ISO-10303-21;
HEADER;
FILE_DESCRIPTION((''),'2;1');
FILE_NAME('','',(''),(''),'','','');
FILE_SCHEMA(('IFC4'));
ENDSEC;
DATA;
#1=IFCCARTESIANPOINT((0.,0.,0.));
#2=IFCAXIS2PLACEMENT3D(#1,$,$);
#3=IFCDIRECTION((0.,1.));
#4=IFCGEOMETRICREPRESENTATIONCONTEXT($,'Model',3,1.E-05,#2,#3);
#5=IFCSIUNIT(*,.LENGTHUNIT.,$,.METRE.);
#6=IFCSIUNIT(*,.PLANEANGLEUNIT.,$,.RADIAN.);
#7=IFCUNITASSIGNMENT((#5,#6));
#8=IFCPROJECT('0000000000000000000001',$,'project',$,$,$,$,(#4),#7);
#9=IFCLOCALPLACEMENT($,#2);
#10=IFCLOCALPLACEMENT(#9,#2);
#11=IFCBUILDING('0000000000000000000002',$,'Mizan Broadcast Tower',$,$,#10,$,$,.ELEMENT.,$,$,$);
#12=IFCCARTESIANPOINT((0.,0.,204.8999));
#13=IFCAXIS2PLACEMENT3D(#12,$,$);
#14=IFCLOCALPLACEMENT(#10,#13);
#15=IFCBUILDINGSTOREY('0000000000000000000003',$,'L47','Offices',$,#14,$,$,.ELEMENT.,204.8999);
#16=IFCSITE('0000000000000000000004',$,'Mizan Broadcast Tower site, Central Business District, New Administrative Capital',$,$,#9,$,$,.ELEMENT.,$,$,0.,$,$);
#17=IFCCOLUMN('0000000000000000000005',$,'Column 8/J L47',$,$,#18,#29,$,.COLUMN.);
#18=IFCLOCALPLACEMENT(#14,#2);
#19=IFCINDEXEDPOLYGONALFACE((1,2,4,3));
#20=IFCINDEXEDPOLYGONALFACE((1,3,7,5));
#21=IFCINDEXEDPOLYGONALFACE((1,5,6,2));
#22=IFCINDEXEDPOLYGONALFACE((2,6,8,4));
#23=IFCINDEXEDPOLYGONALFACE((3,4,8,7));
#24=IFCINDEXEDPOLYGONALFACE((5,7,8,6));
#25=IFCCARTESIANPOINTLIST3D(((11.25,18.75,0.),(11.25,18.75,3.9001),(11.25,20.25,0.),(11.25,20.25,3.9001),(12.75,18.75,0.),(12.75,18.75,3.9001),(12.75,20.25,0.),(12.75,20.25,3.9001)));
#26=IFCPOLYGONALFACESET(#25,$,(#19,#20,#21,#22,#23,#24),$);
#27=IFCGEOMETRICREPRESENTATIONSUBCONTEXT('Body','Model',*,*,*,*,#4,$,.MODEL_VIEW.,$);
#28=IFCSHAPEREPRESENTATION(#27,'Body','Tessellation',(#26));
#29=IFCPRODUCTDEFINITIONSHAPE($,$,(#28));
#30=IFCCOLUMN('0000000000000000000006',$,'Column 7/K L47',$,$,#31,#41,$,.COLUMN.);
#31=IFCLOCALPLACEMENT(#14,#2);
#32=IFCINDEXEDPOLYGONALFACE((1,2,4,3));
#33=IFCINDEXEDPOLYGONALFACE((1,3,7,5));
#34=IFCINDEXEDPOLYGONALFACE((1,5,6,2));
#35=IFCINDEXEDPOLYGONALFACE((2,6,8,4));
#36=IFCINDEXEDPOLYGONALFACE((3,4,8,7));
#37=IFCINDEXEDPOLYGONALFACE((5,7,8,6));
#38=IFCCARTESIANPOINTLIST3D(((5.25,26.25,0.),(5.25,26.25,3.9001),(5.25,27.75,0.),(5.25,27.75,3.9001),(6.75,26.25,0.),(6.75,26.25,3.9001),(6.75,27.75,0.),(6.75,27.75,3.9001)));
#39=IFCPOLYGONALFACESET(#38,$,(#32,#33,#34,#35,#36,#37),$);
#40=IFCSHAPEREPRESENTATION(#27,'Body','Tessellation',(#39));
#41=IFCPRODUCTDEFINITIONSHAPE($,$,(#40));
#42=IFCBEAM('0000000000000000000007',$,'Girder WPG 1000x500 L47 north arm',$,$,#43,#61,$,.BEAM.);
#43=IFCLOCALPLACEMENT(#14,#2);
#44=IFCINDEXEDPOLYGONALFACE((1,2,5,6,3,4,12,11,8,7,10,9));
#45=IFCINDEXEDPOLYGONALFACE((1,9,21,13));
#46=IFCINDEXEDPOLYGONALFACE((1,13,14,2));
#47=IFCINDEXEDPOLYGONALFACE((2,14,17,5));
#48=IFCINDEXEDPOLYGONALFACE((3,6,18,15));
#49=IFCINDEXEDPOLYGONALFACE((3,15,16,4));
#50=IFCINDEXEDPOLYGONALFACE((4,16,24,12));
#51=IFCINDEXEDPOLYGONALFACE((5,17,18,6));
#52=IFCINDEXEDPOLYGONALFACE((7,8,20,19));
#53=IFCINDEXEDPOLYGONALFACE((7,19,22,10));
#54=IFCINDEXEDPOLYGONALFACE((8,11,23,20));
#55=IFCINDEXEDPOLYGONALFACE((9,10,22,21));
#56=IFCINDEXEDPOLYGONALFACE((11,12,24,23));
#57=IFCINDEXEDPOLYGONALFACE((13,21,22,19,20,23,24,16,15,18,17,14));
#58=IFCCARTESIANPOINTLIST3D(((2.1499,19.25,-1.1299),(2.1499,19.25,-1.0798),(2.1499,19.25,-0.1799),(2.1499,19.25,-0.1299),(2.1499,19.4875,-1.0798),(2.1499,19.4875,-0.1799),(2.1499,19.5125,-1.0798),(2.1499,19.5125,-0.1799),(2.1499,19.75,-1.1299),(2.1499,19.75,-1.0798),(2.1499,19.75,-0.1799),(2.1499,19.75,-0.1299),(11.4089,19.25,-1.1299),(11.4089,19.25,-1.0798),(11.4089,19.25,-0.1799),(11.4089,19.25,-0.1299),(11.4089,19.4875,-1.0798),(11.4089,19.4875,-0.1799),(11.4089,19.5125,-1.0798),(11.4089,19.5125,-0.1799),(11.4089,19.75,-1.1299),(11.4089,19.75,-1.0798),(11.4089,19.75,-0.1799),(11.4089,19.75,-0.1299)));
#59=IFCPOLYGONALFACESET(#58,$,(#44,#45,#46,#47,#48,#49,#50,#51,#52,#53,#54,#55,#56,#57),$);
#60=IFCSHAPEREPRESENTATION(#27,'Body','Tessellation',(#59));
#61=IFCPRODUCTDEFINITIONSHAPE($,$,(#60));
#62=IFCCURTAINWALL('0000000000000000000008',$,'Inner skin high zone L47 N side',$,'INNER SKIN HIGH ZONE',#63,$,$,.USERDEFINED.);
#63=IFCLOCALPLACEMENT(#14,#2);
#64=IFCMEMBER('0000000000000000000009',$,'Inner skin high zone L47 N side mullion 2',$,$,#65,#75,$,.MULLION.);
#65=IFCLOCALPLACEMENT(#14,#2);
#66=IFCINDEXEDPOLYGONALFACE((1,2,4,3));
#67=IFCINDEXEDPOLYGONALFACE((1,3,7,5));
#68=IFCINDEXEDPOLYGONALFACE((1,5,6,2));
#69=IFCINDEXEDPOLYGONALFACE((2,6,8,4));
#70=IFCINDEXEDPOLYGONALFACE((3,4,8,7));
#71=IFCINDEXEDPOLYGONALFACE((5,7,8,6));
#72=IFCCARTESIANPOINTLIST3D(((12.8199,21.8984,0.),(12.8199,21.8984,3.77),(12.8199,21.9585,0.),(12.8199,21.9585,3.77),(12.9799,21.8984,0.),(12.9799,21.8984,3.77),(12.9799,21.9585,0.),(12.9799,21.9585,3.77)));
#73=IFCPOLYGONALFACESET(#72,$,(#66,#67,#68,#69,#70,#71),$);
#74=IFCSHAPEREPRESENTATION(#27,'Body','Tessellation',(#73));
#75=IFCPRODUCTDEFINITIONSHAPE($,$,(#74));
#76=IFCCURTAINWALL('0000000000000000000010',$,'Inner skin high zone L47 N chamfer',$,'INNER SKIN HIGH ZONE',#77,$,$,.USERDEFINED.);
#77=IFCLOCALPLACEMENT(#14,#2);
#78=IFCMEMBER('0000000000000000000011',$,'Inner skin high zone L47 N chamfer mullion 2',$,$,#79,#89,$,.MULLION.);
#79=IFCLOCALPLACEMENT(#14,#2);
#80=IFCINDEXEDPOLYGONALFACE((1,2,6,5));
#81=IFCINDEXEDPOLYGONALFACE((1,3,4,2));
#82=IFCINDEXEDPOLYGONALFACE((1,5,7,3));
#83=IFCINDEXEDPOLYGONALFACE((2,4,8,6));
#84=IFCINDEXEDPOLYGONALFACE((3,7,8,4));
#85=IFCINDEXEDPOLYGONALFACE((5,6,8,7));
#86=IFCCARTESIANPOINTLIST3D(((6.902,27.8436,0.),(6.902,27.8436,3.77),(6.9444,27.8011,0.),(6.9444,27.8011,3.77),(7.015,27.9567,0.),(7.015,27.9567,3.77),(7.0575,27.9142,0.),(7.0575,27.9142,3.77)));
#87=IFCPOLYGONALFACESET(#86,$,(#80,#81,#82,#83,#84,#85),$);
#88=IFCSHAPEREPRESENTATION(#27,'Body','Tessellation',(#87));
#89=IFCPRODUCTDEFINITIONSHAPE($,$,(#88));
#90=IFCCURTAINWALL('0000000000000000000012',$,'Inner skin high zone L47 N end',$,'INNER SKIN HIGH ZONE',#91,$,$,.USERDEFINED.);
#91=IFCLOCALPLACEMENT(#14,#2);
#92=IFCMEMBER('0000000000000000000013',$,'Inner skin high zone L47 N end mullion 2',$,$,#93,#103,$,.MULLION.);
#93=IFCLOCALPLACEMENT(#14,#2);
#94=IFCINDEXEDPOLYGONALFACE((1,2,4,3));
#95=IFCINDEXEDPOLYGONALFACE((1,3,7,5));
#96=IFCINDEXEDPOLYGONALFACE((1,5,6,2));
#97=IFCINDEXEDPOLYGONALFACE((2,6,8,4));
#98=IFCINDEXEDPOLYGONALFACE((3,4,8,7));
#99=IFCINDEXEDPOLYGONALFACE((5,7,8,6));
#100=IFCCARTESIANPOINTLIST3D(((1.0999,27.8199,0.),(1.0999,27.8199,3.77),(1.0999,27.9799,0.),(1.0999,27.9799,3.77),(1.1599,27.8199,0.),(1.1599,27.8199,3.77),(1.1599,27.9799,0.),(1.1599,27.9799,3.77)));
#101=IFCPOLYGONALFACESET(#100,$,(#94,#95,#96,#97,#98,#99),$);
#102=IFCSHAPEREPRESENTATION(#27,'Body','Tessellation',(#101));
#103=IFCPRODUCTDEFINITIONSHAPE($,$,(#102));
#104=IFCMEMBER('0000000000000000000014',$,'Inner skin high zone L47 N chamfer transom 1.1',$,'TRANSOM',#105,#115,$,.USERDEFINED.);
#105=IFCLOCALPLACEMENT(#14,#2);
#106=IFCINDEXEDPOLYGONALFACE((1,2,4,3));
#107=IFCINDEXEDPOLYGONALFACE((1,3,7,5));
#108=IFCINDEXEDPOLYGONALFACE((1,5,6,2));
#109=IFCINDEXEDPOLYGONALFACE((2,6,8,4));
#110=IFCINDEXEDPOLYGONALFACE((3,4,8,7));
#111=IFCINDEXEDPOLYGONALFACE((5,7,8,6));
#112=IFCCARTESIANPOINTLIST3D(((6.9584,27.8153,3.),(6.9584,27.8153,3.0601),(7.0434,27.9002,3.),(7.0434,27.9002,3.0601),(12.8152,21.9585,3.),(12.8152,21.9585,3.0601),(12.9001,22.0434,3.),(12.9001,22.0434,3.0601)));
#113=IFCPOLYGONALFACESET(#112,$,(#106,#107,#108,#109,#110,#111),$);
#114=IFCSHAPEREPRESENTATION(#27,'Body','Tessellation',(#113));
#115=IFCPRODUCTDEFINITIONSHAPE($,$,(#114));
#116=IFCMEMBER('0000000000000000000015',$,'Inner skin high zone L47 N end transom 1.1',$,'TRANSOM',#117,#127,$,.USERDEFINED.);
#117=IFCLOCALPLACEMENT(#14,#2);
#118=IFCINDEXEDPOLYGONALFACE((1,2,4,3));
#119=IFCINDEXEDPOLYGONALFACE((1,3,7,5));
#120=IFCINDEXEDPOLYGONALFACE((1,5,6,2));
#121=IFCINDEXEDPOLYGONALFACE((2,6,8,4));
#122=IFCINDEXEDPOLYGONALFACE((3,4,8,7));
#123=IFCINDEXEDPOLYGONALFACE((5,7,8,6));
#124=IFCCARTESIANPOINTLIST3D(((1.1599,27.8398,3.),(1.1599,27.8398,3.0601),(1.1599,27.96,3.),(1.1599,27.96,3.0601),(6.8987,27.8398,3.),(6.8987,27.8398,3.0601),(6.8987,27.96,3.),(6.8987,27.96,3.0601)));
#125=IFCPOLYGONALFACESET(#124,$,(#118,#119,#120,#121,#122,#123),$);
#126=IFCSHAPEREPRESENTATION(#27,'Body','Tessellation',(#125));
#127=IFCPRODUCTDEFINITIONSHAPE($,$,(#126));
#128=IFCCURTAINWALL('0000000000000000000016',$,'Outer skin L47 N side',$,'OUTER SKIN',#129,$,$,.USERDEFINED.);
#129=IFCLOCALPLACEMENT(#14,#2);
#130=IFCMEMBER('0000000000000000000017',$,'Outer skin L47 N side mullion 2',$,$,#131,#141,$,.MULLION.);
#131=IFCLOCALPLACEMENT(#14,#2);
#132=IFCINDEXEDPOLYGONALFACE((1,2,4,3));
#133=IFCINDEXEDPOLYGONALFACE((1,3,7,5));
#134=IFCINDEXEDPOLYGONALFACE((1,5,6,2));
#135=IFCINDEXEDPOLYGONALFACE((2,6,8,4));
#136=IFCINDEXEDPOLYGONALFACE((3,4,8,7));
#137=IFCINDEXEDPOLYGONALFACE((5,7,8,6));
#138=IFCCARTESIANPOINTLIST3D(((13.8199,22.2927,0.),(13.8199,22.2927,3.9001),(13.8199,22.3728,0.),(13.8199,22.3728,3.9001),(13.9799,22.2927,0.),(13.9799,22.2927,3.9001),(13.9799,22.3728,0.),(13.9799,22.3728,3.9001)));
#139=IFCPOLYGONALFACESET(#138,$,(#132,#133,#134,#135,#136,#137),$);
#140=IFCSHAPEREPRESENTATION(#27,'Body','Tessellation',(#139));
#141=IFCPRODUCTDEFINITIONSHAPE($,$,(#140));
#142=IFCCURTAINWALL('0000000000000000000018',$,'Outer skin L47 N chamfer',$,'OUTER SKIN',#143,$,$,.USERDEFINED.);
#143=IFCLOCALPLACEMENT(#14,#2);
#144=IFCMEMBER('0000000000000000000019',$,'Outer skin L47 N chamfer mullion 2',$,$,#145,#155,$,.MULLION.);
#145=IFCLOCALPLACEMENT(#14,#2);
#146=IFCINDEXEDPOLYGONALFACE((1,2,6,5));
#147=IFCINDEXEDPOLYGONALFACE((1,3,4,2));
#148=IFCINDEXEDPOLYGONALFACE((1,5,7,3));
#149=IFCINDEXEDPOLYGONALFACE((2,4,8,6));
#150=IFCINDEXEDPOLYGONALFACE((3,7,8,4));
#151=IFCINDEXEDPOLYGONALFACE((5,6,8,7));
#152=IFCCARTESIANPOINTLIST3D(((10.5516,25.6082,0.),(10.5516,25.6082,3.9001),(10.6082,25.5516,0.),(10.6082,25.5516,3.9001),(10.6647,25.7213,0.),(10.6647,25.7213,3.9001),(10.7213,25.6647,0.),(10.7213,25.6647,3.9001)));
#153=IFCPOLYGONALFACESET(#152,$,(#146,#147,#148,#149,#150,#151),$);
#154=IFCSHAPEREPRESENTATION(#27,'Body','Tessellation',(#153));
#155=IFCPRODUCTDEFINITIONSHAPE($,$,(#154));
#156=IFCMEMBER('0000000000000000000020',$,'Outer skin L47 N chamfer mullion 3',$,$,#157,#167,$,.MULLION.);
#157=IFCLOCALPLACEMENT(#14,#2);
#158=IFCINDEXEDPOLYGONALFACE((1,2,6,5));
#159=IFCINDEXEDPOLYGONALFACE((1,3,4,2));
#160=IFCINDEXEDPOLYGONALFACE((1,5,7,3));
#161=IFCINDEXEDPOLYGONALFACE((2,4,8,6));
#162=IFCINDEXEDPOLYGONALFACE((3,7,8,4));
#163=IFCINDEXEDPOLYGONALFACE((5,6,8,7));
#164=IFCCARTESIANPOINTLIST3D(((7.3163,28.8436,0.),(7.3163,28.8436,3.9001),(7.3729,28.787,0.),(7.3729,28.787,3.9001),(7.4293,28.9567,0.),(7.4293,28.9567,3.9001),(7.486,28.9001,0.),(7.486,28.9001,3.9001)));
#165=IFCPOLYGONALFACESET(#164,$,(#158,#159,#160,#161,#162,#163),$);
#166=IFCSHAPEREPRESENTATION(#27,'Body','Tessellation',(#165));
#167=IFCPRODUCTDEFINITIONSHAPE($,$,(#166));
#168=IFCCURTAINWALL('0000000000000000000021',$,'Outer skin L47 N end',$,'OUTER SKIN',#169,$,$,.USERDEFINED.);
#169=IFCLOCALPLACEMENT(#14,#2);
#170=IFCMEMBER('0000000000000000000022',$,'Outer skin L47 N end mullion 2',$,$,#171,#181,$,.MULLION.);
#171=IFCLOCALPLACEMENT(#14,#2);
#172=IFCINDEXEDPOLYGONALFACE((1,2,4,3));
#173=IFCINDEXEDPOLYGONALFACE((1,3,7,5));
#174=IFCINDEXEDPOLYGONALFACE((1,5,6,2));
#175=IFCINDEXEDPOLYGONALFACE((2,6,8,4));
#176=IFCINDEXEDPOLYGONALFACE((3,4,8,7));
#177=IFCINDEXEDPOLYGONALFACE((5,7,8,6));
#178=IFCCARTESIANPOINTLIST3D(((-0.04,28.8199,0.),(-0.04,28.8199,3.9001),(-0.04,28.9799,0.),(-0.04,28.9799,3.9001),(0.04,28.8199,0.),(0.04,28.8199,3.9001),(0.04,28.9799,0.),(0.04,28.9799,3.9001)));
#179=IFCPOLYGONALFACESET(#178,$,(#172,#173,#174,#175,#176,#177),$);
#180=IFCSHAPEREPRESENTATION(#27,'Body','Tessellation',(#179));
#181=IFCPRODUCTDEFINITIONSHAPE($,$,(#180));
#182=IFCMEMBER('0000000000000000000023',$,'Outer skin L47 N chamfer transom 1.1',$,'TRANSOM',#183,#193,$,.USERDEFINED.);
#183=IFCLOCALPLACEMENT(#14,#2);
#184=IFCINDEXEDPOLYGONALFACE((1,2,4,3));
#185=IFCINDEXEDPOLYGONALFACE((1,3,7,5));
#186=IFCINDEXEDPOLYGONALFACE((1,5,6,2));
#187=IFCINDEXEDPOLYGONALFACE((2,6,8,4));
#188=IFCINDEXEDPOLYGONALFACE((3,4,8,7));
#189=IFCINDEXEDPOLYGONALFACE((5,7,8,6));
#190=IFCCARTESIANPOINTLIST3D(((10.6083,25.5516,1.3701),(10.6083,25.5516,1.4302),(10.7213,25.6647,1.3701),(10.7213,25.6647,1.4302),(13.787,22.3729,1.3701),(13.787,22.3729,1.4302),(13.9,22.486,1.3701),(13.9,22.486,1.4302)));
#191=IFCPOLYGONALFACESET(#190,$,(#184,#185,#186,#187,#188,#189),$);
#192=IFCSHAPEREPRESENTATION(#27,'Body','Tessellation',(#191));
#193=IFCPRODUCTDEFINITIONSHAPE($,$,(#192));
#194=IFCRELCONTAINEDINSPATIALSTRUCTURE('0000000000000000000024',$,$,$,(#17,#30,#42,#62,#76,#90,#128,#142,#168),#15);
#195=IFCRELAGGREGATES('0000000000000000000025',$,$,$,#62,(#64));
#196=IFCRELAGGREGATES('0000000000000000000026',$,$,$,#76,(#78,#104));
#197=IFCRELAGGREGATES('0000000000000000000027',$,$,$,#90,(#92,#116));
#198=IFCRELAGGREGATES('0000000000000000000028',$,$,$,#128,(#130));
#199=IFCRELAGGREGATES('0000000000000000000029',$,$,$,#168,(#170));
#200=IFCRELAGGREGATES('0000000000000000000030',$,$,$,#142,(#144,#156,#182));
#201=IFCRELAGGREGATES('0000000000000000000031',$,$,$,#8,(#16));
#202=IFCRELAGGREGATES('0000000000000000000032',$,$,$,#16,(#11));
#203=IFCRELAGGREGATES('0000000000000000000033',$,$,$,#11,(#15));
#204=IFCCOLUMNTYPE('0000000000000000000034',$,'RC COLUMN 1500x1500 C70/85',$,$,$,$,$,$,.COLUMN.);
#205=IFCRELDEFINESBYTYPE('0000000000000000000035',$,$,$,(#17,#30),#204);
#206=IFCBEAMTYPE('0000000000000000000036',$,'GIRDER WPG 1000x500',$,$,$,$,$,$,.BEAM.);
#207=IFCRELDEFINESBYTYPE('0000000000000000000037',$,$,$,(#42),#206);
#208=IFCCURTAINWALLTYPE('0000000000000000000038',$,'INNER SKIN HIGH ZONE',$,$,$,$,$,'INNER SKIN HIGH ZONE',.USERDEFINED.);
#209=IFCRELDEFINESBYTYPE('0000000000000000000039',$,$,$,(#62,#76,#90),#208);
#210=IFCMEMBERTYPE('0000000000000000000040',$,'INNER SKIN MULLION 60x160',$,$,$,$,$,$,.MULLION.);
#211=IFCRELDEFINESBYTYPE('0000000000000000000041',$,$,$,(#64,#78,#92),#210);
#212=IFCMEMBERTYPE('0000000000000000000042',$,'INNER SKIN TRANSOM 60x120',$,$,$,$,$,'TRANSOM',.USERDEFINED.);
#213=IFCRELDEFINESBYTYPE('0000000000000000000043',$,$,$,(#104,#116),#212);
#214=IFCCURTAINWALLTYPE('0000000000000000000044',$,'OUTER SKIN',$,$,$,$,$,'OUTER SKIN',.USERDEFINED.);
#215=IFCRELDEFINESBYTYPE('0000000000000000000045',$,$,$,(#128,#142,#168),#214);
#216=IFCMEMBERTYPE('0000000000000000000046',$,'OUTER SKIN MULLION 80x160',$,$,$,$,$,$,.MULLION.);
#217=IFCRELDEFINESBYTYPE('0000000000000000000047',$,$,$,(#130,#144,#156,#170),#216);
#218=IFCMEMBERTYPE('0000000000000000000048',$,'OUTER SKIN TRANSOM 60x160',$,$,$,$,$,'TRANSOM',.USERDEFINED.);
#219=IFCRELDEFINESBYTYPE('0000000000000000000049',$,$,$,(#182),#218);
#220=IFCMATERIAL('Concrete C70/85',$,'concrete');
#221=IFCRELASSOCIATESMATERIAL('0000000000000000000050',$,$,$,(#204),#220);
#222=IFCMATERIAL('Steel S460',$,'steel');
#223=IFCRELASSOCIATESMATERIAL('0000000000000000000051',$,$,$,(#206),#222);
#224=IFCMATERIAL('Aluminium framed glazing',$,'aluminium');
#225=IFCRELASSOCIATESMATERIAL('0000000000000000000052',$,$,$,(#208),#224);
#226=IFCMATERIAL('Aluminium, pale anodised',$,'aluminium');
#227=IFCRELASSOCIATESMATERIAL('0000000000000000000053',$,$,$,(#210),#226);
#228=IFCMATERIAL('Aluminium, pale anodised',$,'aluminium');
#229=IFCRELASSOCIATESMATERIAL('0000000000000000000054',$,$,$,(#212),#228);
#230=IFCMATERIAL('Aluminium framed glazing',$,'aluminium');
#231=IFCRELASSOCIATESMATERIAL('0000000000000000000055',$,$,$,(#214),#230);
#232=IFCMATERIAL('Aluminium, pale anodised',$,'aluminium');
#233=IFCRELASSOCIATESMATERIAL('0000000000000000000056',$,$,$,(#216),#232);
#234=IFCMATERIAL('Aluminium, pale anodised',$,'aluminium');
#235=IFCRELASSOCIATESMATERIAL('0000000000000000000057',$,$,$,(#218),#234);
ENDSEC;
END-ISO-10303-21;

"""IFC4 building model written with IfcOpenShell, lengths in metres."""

from ifc_helpers import new_model, si_unit, direction, frame, origin, origin_2d, place, context, subcontext, project, spatial, rectangle, i_section, extrude, material, material_profile, profile_set, type_object, element, aggregate, save


model = new_model("IFC4")

# Units and contexts
model_context = context("Model", 3, precision=1e-05, world=origin(), true_north=direction((0.0, 1.0)))
body_context = subcontext(model_context, "Body", "Model", "MODEL_VIEW")
ifc_project = project(units=[si_unit("LENGTHUNIT", "METRE"), si_unit("PLANEANGLEUNIT", "RADIAN")], contexts=[model_context])

# Site, building, storey
site_placement = place(None, origin())
site = spatial("IfcSite", under=ifc_project, at=site_placement, Name="Mizan Broadcast Tower site, Central Business District, New Administrative Capital", CompositionType="ELEMENT", RefElevation=0.0)
building_placement = place(site_placement, origin())
building = spatial("IfcBuilding", under=site, at=building_placement, Name="Mizan Broadcast Tower", CompositionType="ELEMENT")
storey_placement = place(building_placement, frame((0.0, 0.0, 204.8999)))
storey = spatial("IfcBuildingStorey", under=building, at=storey_placement, Name="L47", Description="Offices", CompositionType="ELEMENT", Elevation=204.8999)

# Columns
ifc_material_1 = material(Name="Concrete C70/85", Category="concrete")
ifc_material_profile_1 = material_profile(ifc_material_1, rectangle(XDim=1.5, YDim=1.5, at=origin_2d()), Name="RC 1500x1500")
ifc_profile_set_1 = profile_set([ifc_material_profile_1], Name="Concrete C70/85")
column_type = type_object("IfcColumnType", Name="RC COLUMN 1500x1500 C70/85", PredefinedType="COLUMN", material=ifc_profile_set_1)
for number, where, z_axis, x_axis, name in (
    (1, (12.0, 19.5, 0.0), (0.0, 0.0, 1.0), (1.0, 0.0, 0.0), "Column 8/J L47"),
    (2, (6.0, 27.0, 0.0), (0.0, 0.0, 1.0), (1.0, 0.0, 0.0), "Column 7/K L47"),
):
    element("IfcColumn", number, at=place(storey_placement, frame(where, z_axis=z_axis, x_axis=x_axis)), inside=storey, type_object=column_type, Name=name, PredefinedType="COLUMN", context=body_context, shape_type="SweptSolid", body=[
        extrude(rectangle(XDim=1.5, YDim=1.5, at=origin_2d()), origin(), (0.0, 0.0, 1.0), 3.9001),
    ])

# Beam
ifc_material_2 = material(Name="Steel S460", Category="steel")
ifc_material_profile_2 = material_profile(ifc_material_2, i_section(OverallWidth=0.5, OverallDepth=1.0, WebThickness=0.0249, FlangeThickness=0.05, at=origin_2d()), Name="WPG 1000x500")
ifc_profile_set_2 = profile_set([ifc_material_profile_2], Name="Steel S460")
beam_type_1 = type_object("IfcBeamType", Name="GIRDER WPG 1000x500", PredefinedType="BEAM", material=ifc_profile_set_2)
beam_1_placement = place(storey_placement, frame((11.4089, 19.5, -0.6299), z_axis=(-1.0, 0.0, 0.0), x_axis=(0.0, -1.0, 0.0)))
element("IfcBeam", 3, at=beam_1_placement, inside=storey, type_object=beam_type_1, Name="Girder WPG 1000x500 L47 north arm", PredefinedType="BEAM", context=body_context, shape_type="SweptSolid", body=[
    extrude(i_section(OverallWidth=0.5, OverallDepth=1.0, WebThickness=0.0249, FlangeThickness=0.05, at=origin_2d()), origin(), (0.0, 0.0, 1.0), 9.259),
])

# Curtain walls, members
ifc_material_3 = material(Name="Aluminium framed glazing", Category="aluminium")
curtain_wall_type_1 = type_object("IfcCurtainWallType", Name="INNER SKIN HIGH ZONE", ElementType="INNER SKIN HIGH ZONE", PredefinedType="USERDEFINED", material=ifc_material_3)
curtain_wall_1_placement = place(storey_placement, origin())
curtain_wall_1 = element("IfcCurtainWall", 4, at=curtain_wall_1_placement, inside=storey, type_object=curtain_wall_type_1, Name="Inner skin high zone L47 N side", ObjectType="INNER SKIN HIGH ZONE", PredefinedType="USERDEFINED")
ifc_material_4 = material(Name="Aluminium, pale anodised", Category="aluminium")
ifc_material_profile_3 = material_profile(ifc_material_4, rectangle(XDim=0.1599, YDim=0.0601, at=origin_2d()), Name="MULLION 160x60")
ifc_profile_set_3 = profile_set([ifc_material_profile_3], Name="Aluminium, pale anodised")
member_type_1 = type_object("IfcMemberType", Name="INNER SKIN MULLION 60x160", PredefinedType="MULLION", material=ifc_profile_set_3)
member_1_placement = place(storey_placement, frame((12.8999, 21.9285, 0.0), z_axis=(0.0, 0.0, 1.0), x_axis=(-1.0, 0.0, 0.0)))
member_1 = element("IfcMember", 5, at=member_1_placement, type_object=member_type_1, Name="Inner skin high zone L47 N side mullion 2", PredefinedType="MULLION", context=body_context, shape_type="SweptSolid", body=[
    extrude(rectangle(XDim=0.1599, YDim=0.0601, at=origin_2d()), origin(), (0.0, 0.0, 1.0), 3.77),
])
curtain_wall_2_placement = place(storey_placement, origin())
curtain_wall_2 = element("IfcCurtainWall", 6, at=curtain_wall_2_placement, inside=storey, type_object=curtain_wall_type_1, Name="Inner skin high zone L47 N chamfer", ObjectType="INNER SKIN HIGH ZONE", PredefinedType="USERDEFINED")
member_2_placement = place(storey_placement, frame((6.9797, 27.8789, 0.0), z_axis=(0.0, 0.0, 1.0), x_axis=(-0.707107, -0.707107, 0.0)))
member_2 = element("IfcMember", 7, at=member_2_placement, type_object=member_type_1, Name="Inner skin high zone L47 N chamfer mullion 2", PredefinedType="MULLION", context=body_context, shape_type="SweptSolid", body=[
    extrude(rectangle(XDim=0.1599, YDim=0.0601, at=origin_2d()), origin(), (0.0, 0.0, 1.0), 3.77),
])
curtain_wall_3_placement = place(storey_placement, origin())
curtain_wall_3 = element("IfcCurtainWall", 8, at=curtain_wall_3_placement, inside=storey, type_object=curtain_wall_type_1, Name="Inner skin high zone L47 N end", ObjectType="INNER SKIN HIGH ZONE", PredefinedType="USERDEFINED")
member_3_placement = place(storey_placement, frame((1.1299, 27.8999, 0.0), z_axis=(0.0, 0.0, 1.0), x_axis=(0.0, -1.0, 0.0)))
member_3 = element("IfcMember", 9, at=member_3_placement, type_object=member_type_1, Name="Inner skin high zone L47 N end mullion 2", PredefinedType="MULLION", context=body_context, shape_type="SweptSolid", body=[
    extrude(rectangle(XDim=0.1599, YDim=0.0601, at=origin_2d()), origin(), (0.0, 0.0, 1.0), 3.77),
])

# Members
ifc_material_5 = material(Name="Aluminium, pale anodised", Category="aluminium")
ifc_material_profile_4 = material_profile(ifc_material_5, rectangle(XDim=0.1201, YDim=0.0601, at=origin_2d()), Name="TRANSOM 120x60")
ifc_profile_set_4 = profile_set([ifc_material_profile_4], Name="Aluminium, pale anodised")
member_type_2 = type_object("IfcMemberType", Name="INNER SKIN TRANSOM 60x120", ElementType="TRANSOM", PredefinedType="USERDEFINED", material=ifc_profile_set_4)
member_4_placement = place(storey_placement, frame((12.8577, 22.001, 3.03), z_axis=(-0.707107, 0.707107, 0.0), x_axis=(-0.707107, -0.707107, 0.0)))
member_4 = element("IfcMember", 10, at=member_4_placement, type_object=member_type_2, Name="Inner skin high zone L47 N chamfer transom 1.1", ObjectType="TRANSOM", PredefinedType="USERDEFINED", context=body_context, shape_type="SweptSolid", body=[
    extrude(rectangle(XDim=0.1201, YDim=0.0601, at=origin_2d()), origin(), (0.0, 0.0, 1.0), 8.2827),
])
member_5_placement = place(storey_placement, frame((6.8987, 27.8999, 3.03), z_axis=(-1.0, 0.0, 0.0), x_axis=(0.0, -1.0, 0.0)))
member_5 = element("IfcMember", 11, at=member_5_placement, type_object=member_type_2, Name="Inner skin high zone L47 N end transom 1.1", ObjectType="TRANSOM", PredefinedType="USERDEFINED", context=body_context, shape_type="SweptSolid", body=[
    extrude(rectangle(XDim=0.1201, YDim=0.0601, at=origin_2d()), origin(), (0.0, 0.0, 1.0), 5.7388),
])

# Curtain wall, member
ifc_material_6 = material(Name="Aluminium framed glazing", Category="aluminium")
curtain_wall_type_2 = type_object("IfcCurtainWallType", Name="OUTER SKIN", ElementType="OUTER SKIN", PredefinedType="USERDEFINED", material=ifc_material_6)
curtain_wall_4_placement = place(storey_placement, origin())
curtain_wall_4 = element("IfcCurtainWall", 12, at=curtain_wall_4_placement, inside=storey, type_object=curtain_wall_type_2, Name="Outer skin L47 N side", ObjectType="OUTER SKIN", PredefinedType="USERDEFINED")
ifc_material_7 = material(Name="Aluminium, pale anodised", Category="aluminium")
ifc_material_profile_5 = material_profile(ifc_material_7, rectangle(XDim=0.1599, YDim=0.0801, at=origin_2d()), Name="MULLION 160x80")
ifc_profile_set_5 = profile_set([ifc_material_profile_5], Name="Aluminium, pale anodised")
member_type_3 = type_object("IfcMemberType", Name="OUTER SKIN MULLION 80x160", PredefinedType="MULLION", material=ifc_profile_set_5)
member_6_placement = place(storey_placement, frame((13.8999, 22.3328, 0.0), z_axis=(0.0, 0.0, 1.0), x_axis=(-1.0, 0.0, 0.0)))
member_6 = element("IfcMember", 13, at=member_6_placement, type_object=member_type_3, Name="Outer skin L47 N side mullion 2", PredefinedType="MULLION", context=body_context, shape_type="SweptSolid", body=[
    extrude(rectangle(XDim=0.1599, YDim=0.0801, at=origin_2d()), origin(), (0.0, 0.0, 1.0), 3.9001),
])

# Curtain wall, members
curtain_wall_5_placement = place(storey_placement, origin())
curtain_wall_5 = element("IfcCurtainWall", 14, at=curtain_wall_5_placement, inside=storey, type_object=curtain_wall_type_2, Name="Outer skin L47 N chamfer", ObjectType="OUTER SKIN", PredefinedType="USERDEFINED")
member_7_placement = place(storey_placement, frame((10.6365, 25.6365, 0.0), z_axis=(0.0, 0.0, 1.0), x_axis=(-0.707107, -0.707107, 0.0)))
member_7 = element("IfcMember", 15, at=member_7_placement, type_object=member_type_3, Name="Outer skin L47 N chamfer mullion 2", PredefinedType="MULLION", context=body_context, shape_type="SweptSolid", body=[
    extrude(rectangle(XDim=0.1599, YDim=0.0801, at=origin_2d()), origin(), (0.0, 0.0, 1.0), 3.9001),
])
member_8_placement = place(storey_placement, frame((7.4011, 28.8718, 0.0), z_axis=(0.0, 0.0, 1.0), x_axis=(-0.707107, -0.707107, 0.0)))
member_8 = element("IfcMember", 16, at=member_8_placement, type_object=member_type_3, Name="Outer skin L47 N chamfer mullion 3", PredefinedType="MULLION", context=body_context, shape_type="SweptSolid", body=[
    extrude(rectangle(XDim=0.1599, YDim=0.0801, at=origin_2d()), origin(), (0.0, 0.0, 1.0), 3.9001),
])

# Curtain wall, member
curtain_wall_6_placement = place(storey_placement, origin())
curtain_wall_6 = element("IfcCurtainWall", 17, at=curtain_wall_6_placement, inside=storey, type_object=curtain_wall_type_2, Name="Outer skin L47 N end", ObjectType="OUTER SKIN", PredefinedType="USERDEFINED")
member_9_placement = place(storey_placement, frame((0.0, 28.8999, 0.0), z_axis=(0.0, 0.0, 1.0), x_axis=(0.0, -1.0, 0.0)))
member_9 = element("IfcMember", 18, at=member_9_placement, type_object=member_type_3, Name="Outer skin L47 N end mullion 2", PredefinedType="MULLION", context=body_context, shape_type="SweptSolid", body=[
    extrude(rectangle(XDim=0.1599, YDim=0.0801, at=origin_2d()), origin(), (0.0, 0.0, 1.0), 3.9001),
])

# Member
ifc_material_8 = material(Name="Aluminium, pale anodised", Category="aluminium")
ifc_material_profile_6 = material_profile(ifc_material_8, rectangle(XDim=0.1599, YDim=0.0601, at=origin_2d()), Name="TRANSOM 160x60")
ifc_profile_set_6 = profile_set([ifc_material_profile_6], Name="Aluminium, pale anodised")
member_type_4 = type_object("IfcMemberType", Name="OUTER SKIN TRANSOM 60x160", ElementType="TRANSOM", PredefinedType="USERDEFINED", material=ifc_profile_set_6)
member_10_placement = place(storey_placement, frame((13.8435, 22.4294, 1.4001), z_axis=(-0.707107, 0.707107, 0.0), x_axis=(-0.707107, -0.707107, 0.0)))
member_10 = element("IfcMember", 19, at=member_10_placement, type_object=member_type_4, Name="Outer skin L47 N chamfer transom 1.1", ObjectType="TRANSOM", PredefinedType="USERDEFINED", context=body_context, shape_type="SweptSolid", body=[
    extrude(rectangle(XDim=0.1599, YDim=0.0601, at=origin_2d()), origin(), (0.0, 0.0, 1.0), 4.4954),
])

aggregate(curtain_wall_1, [member_1])
aggregate(curtain_wall_2, [member_2, member_4])
aggregate(curtain_wall_3, [member_3, member_5])
aggregate(curtain_wall_4, [member_6])
aggregate(curtain_wall_6, [member_9])
aggregate(curtain_wall_5, [member_7, member_8, member_10])

save(model, "model.ifc")
